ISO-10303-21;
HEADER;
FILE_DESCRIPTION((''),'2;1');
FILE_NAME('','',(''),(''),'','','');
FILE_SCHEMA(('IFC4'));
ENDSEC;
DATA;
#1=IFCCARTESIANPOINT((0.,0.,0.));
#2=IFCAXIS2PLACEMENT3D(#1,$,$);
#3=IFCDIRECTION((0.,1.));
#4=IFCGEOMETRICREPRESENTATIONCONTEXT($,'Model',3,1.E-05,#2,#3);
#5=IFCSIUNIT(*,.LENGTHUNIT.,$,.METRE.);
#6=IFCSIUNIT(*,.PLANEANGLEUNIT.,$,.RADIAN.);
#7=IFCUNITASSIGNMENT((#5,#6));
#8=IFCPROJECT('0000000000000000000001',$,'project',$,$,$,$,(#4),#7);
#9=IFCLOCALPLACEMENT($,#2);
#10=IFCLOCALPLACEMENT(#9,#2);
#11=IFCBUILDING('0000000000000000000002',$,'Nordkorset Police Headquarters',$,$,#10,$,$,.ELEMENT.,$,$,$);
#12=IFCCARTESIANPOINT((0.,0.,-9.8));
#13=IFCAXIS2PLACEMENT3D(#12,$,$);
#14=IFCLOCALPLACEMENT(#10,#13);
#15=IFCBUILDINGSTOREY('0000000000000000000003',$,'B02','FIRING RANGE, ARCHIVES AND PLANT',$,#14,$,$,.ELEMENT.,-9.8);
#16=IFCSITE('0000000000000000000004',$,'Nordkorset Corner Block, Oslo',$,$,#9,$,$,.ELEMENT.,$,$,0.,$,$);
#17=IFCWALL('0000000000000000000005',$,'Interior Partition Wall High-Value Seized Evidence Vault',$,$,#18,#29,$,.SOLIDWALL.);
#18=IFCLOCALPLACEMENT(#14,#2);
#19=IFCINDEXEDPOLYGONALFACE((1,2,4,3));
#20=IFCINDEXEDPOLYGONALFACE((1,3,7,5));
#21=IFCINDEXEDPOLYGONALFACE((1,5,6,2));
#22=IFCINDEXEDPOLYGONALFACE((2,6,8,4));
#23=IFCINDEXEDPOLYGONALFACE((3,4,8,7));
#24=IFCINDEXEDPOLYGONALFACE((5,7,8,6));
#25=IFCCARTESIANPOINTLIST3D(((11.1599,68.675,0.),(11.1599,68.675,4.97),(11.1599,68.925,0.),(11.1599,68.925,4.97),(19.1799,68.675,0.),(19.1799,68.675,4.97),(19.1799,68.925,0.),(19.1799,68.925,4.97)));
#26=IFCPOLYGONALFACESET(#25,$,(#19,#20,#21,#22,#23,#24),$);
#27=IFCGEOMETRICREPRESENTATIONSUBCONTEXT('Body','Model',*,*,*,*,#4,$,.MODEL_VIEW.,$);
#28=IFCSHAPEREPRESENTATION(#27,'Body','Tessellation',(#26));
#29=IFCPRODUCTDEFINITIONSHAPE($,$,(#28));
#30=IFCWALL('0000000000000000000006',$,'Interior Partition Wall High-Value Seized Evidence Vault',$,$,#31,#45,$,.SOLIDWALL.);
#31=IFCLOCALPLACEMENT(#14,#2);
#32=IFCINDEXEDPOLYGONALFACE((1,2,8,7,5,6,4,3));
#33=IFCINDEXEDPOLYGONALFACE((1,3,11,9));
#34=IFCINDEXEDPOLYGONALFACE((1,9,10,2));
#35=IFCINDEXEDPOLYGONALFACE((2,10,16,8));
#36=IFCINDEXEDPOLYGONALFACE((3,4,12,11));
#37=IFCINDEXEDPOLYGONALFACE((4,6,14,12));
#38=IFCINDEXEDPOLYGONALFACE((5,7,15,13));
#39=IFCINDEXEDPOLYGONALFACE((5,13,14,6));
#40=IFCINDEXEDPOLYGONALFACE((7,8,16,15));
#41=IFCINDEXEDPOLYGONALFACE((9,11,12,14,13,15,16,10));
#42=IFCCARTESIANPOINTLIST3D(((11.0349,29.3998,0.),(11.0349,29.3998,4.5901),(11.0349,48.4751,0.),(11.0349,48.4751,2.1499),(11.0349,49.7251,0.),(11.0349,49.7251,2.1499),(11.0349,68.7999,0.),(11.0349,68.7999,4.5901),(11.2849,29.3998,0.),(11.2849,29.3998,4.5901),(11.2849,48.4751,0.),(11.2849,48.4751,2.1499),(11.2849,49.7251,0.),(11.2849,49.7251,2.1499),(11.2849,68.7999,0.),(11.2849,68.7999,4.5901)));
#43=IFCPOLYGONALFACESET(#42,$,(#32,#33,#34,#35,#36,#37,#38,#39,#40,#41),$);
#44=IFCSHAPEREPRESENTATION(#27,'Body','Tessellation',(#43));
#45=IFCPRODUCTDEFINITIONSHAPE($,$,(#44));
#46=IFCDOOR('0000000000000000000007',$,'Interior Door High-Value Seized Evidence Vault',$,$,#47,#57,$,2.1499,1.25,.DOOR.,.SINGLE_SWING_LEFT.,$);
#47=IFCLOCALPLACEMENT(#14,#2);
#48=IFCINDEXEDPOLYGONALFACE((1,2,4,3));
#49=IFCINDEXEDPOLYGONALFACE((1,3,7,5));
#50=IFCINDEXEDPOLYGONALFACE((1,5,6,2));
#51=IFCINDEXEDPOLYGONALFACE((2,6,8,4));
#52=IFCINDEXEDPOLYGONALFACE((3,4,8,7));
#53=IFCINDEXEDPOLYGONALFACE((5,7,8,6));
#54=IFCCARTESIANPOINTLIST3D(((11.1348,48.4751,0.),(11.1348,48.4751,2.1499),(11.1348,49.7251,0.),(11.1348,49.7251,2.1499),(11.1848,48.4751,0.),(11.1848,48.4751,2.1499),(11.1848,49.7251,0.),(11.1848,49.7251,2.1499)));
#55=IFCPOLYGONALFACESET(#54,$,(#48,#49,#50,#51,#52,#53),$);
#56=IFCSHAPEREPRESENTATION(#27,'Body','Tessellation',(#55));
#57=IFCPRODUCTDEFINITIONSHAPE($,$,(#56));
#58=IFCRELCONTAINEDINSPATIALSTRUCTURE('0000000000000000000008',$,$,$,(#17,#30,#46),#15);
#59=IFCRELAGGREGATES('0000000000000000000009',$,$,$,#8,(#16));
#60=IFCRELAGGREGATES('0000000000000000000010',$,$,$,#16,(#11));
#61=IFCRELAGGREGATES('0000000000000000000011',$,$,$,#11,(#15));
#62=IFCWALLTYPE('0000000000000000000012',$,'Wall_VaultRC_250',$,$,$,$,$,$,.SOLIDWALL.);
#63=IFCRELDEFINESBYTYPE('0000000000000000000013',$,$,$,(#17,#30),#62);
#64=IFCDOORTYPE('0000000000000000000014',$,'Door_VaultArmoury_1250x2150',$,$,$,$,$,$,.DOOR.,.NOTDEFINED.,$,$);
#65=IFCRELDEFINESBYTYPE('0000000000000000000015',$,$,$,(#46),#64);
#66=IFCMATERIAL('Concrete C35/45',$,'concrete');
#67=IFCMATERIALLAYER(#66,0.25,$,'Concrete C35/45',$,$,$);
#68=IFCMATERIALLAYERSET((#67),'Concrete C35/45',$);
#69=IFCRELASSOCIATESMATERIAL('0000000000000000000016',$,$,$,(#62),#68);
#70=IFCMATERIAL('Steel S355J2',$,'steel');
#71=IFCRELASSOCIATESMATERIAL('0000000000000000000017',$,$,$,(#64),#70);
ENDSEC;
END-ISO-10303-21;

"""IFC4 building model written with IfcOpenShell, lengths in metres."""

from ifc_helpers import new_model, si_unit, direction, frame, frame_2d, origin, place, context, subcontext, project, spatial, rectangle, extrude, material, layer, layer_set, type_object, element, fill, save


model = new_model("IFC4")

# Units and contexts
model_context = context("Model", 3, precision=1e-05, world=origin(), true_north=direction((0.0, 1.0)))
body_context = subcontext(model_context, "Body", "Model", "MODEL_VIEW")
ifc_project = project(units=[si_unit("LENGTHUNIT", "METRE"), si_unit("PLANEANGLEUNIT", "RADIAN")], contexts=[model_context])

# Site, building, storey
site_placement = place(None, origin())
site = spatial("IfcSite", under=ifc_project, at=site_placement, Name="Nordkorset Corner Block, Oslo", CompositionType="ELEMENT", RefElevation=0.0)
building_placement = place(site_placement, origin())
building = spatial("IfcBuilding", under=site, at=building_placement, Name="Nordkorset Police Headquarters", CompositionType="ELEMENT")
storey_placement = place(building_placement, frame((0.0, 0.0, -9.8)))
storey = spatial("IfcBuildingStorey", under=building, at=storey_placement, Name="B02", Description="FIRING RANGE, ARCHIVES AND PLANT", CompositionType="ELEMENT", Elevation=-9.8)

# Wall
ifc_material_1 = material(Name="Concrete C35/45", Category="concrete")
ifc_layer = layer(ifc_material_1, 0.25, Name="Concrete C35/45")
ifc_layer_set = layer_set([ifc_layer], Name="Concrete C35/45")
wall_type = type_object("IfcWallType", Name="Wall_VaultRC_250", PredefinedType="SOLIDWALL", material=ifc_layer_set)
wall_1_placement = place(storey_placement, frame((19.1799, 68.8, 0.0), z_axis=(0.0, 0.0, 1.0), x_axis=(-1.0, 0.0, 0.0)))
element("IfcWall", 1, at=wall_1_placement, inside=storey, type_object=wall_type, Name="Interior Partition Wall High-Value Seized Evidence Vault", PredefinedType="SOLIDWALL", context=body_context, shape_type="SweptSolid", body=[
    extrude(rectangle(XDim=8.02, YDim=0.25, at=frame_2d((4.01, 0.0))), origin(), (0.0, 0.0, 1.0), 4.97),
])

# Wall, opening, door
wall_2_placement = place(storey_placement, frame((11.1599, 68.8, 0.0), z_axis=(0.0, 0.0, 1.0), x_axis=(0.0, -1.0, 0.0)))
wall_2 = element("IfcWall", 2, at=wall_2_placement, inside=storey, type_object=wall_type, Name="Interior Partition Wall High-Value Seized Evidence Vault", PredefinedType="SOLIDWALL", context=body_context, shape_type="SweptSolid", body=[
    extrude(rectangle(XDim=39.4001, YDim=0.25, at=frame_2d((19.7002, 0.0))), origin(), (0.0, 0.0, 1.0), 4.5901),
])
opening_placement = place(wall_2_placement, frame((19.075, 0.0, 0.0)))
opening = element("IfcOpeningElement", 3, at=opening_placement, cuts=wall_2, PredefinedType="OPENING", context=body_context, shape_type="SweptSolid", body=[
    extrude(rectangle(XDim=1.25, YDim=2.1499, at=frame_2d((0.625, 1.075))), frame((0.0, 0.135, 0.0), z_axis=(0.0, -1.0, 0.0), x_axis=(1.0, 0.0, 0.0)), (0.0, 0.0, 1.0), 0.27),
])
ifc_material_2 = material(Name="Steel S355J2", Category="steel")
door_type = type_object("IfcDoorType", Name="Door_VaultArmoury_1250x2150", OperationType="NOTDEFINED", PredefinedType="DOOR", material=ifc_material_2)
door_placement = place(opening_placement, origin())
door = element("IfcDoor", 4, at=door_placement, inside=storey, type_object=door_type, Name="Interior Door High-Value Seized Evidence Vault", OperationType="SINGLE_SWING_LEFT", OverallHeight=2.1499, OverallWidth=1.25, PredefinedType="DOOR", context=body_context, shape_type="SweptSolid", body=[
    extrude(rectangle(XDim=1.25, YDim=2.1499, at=frame_2d((0.625, 1.075))), frame((0.0, 0.0249, 0.0), z_axis=(0.0, -1.0, 0.0), x_axis=(1.0, 0.0, 0.0)), (0.0, 0.0, 1.0), 0.05),
])
fill(opening, door)

save(model, "model.ifc")
